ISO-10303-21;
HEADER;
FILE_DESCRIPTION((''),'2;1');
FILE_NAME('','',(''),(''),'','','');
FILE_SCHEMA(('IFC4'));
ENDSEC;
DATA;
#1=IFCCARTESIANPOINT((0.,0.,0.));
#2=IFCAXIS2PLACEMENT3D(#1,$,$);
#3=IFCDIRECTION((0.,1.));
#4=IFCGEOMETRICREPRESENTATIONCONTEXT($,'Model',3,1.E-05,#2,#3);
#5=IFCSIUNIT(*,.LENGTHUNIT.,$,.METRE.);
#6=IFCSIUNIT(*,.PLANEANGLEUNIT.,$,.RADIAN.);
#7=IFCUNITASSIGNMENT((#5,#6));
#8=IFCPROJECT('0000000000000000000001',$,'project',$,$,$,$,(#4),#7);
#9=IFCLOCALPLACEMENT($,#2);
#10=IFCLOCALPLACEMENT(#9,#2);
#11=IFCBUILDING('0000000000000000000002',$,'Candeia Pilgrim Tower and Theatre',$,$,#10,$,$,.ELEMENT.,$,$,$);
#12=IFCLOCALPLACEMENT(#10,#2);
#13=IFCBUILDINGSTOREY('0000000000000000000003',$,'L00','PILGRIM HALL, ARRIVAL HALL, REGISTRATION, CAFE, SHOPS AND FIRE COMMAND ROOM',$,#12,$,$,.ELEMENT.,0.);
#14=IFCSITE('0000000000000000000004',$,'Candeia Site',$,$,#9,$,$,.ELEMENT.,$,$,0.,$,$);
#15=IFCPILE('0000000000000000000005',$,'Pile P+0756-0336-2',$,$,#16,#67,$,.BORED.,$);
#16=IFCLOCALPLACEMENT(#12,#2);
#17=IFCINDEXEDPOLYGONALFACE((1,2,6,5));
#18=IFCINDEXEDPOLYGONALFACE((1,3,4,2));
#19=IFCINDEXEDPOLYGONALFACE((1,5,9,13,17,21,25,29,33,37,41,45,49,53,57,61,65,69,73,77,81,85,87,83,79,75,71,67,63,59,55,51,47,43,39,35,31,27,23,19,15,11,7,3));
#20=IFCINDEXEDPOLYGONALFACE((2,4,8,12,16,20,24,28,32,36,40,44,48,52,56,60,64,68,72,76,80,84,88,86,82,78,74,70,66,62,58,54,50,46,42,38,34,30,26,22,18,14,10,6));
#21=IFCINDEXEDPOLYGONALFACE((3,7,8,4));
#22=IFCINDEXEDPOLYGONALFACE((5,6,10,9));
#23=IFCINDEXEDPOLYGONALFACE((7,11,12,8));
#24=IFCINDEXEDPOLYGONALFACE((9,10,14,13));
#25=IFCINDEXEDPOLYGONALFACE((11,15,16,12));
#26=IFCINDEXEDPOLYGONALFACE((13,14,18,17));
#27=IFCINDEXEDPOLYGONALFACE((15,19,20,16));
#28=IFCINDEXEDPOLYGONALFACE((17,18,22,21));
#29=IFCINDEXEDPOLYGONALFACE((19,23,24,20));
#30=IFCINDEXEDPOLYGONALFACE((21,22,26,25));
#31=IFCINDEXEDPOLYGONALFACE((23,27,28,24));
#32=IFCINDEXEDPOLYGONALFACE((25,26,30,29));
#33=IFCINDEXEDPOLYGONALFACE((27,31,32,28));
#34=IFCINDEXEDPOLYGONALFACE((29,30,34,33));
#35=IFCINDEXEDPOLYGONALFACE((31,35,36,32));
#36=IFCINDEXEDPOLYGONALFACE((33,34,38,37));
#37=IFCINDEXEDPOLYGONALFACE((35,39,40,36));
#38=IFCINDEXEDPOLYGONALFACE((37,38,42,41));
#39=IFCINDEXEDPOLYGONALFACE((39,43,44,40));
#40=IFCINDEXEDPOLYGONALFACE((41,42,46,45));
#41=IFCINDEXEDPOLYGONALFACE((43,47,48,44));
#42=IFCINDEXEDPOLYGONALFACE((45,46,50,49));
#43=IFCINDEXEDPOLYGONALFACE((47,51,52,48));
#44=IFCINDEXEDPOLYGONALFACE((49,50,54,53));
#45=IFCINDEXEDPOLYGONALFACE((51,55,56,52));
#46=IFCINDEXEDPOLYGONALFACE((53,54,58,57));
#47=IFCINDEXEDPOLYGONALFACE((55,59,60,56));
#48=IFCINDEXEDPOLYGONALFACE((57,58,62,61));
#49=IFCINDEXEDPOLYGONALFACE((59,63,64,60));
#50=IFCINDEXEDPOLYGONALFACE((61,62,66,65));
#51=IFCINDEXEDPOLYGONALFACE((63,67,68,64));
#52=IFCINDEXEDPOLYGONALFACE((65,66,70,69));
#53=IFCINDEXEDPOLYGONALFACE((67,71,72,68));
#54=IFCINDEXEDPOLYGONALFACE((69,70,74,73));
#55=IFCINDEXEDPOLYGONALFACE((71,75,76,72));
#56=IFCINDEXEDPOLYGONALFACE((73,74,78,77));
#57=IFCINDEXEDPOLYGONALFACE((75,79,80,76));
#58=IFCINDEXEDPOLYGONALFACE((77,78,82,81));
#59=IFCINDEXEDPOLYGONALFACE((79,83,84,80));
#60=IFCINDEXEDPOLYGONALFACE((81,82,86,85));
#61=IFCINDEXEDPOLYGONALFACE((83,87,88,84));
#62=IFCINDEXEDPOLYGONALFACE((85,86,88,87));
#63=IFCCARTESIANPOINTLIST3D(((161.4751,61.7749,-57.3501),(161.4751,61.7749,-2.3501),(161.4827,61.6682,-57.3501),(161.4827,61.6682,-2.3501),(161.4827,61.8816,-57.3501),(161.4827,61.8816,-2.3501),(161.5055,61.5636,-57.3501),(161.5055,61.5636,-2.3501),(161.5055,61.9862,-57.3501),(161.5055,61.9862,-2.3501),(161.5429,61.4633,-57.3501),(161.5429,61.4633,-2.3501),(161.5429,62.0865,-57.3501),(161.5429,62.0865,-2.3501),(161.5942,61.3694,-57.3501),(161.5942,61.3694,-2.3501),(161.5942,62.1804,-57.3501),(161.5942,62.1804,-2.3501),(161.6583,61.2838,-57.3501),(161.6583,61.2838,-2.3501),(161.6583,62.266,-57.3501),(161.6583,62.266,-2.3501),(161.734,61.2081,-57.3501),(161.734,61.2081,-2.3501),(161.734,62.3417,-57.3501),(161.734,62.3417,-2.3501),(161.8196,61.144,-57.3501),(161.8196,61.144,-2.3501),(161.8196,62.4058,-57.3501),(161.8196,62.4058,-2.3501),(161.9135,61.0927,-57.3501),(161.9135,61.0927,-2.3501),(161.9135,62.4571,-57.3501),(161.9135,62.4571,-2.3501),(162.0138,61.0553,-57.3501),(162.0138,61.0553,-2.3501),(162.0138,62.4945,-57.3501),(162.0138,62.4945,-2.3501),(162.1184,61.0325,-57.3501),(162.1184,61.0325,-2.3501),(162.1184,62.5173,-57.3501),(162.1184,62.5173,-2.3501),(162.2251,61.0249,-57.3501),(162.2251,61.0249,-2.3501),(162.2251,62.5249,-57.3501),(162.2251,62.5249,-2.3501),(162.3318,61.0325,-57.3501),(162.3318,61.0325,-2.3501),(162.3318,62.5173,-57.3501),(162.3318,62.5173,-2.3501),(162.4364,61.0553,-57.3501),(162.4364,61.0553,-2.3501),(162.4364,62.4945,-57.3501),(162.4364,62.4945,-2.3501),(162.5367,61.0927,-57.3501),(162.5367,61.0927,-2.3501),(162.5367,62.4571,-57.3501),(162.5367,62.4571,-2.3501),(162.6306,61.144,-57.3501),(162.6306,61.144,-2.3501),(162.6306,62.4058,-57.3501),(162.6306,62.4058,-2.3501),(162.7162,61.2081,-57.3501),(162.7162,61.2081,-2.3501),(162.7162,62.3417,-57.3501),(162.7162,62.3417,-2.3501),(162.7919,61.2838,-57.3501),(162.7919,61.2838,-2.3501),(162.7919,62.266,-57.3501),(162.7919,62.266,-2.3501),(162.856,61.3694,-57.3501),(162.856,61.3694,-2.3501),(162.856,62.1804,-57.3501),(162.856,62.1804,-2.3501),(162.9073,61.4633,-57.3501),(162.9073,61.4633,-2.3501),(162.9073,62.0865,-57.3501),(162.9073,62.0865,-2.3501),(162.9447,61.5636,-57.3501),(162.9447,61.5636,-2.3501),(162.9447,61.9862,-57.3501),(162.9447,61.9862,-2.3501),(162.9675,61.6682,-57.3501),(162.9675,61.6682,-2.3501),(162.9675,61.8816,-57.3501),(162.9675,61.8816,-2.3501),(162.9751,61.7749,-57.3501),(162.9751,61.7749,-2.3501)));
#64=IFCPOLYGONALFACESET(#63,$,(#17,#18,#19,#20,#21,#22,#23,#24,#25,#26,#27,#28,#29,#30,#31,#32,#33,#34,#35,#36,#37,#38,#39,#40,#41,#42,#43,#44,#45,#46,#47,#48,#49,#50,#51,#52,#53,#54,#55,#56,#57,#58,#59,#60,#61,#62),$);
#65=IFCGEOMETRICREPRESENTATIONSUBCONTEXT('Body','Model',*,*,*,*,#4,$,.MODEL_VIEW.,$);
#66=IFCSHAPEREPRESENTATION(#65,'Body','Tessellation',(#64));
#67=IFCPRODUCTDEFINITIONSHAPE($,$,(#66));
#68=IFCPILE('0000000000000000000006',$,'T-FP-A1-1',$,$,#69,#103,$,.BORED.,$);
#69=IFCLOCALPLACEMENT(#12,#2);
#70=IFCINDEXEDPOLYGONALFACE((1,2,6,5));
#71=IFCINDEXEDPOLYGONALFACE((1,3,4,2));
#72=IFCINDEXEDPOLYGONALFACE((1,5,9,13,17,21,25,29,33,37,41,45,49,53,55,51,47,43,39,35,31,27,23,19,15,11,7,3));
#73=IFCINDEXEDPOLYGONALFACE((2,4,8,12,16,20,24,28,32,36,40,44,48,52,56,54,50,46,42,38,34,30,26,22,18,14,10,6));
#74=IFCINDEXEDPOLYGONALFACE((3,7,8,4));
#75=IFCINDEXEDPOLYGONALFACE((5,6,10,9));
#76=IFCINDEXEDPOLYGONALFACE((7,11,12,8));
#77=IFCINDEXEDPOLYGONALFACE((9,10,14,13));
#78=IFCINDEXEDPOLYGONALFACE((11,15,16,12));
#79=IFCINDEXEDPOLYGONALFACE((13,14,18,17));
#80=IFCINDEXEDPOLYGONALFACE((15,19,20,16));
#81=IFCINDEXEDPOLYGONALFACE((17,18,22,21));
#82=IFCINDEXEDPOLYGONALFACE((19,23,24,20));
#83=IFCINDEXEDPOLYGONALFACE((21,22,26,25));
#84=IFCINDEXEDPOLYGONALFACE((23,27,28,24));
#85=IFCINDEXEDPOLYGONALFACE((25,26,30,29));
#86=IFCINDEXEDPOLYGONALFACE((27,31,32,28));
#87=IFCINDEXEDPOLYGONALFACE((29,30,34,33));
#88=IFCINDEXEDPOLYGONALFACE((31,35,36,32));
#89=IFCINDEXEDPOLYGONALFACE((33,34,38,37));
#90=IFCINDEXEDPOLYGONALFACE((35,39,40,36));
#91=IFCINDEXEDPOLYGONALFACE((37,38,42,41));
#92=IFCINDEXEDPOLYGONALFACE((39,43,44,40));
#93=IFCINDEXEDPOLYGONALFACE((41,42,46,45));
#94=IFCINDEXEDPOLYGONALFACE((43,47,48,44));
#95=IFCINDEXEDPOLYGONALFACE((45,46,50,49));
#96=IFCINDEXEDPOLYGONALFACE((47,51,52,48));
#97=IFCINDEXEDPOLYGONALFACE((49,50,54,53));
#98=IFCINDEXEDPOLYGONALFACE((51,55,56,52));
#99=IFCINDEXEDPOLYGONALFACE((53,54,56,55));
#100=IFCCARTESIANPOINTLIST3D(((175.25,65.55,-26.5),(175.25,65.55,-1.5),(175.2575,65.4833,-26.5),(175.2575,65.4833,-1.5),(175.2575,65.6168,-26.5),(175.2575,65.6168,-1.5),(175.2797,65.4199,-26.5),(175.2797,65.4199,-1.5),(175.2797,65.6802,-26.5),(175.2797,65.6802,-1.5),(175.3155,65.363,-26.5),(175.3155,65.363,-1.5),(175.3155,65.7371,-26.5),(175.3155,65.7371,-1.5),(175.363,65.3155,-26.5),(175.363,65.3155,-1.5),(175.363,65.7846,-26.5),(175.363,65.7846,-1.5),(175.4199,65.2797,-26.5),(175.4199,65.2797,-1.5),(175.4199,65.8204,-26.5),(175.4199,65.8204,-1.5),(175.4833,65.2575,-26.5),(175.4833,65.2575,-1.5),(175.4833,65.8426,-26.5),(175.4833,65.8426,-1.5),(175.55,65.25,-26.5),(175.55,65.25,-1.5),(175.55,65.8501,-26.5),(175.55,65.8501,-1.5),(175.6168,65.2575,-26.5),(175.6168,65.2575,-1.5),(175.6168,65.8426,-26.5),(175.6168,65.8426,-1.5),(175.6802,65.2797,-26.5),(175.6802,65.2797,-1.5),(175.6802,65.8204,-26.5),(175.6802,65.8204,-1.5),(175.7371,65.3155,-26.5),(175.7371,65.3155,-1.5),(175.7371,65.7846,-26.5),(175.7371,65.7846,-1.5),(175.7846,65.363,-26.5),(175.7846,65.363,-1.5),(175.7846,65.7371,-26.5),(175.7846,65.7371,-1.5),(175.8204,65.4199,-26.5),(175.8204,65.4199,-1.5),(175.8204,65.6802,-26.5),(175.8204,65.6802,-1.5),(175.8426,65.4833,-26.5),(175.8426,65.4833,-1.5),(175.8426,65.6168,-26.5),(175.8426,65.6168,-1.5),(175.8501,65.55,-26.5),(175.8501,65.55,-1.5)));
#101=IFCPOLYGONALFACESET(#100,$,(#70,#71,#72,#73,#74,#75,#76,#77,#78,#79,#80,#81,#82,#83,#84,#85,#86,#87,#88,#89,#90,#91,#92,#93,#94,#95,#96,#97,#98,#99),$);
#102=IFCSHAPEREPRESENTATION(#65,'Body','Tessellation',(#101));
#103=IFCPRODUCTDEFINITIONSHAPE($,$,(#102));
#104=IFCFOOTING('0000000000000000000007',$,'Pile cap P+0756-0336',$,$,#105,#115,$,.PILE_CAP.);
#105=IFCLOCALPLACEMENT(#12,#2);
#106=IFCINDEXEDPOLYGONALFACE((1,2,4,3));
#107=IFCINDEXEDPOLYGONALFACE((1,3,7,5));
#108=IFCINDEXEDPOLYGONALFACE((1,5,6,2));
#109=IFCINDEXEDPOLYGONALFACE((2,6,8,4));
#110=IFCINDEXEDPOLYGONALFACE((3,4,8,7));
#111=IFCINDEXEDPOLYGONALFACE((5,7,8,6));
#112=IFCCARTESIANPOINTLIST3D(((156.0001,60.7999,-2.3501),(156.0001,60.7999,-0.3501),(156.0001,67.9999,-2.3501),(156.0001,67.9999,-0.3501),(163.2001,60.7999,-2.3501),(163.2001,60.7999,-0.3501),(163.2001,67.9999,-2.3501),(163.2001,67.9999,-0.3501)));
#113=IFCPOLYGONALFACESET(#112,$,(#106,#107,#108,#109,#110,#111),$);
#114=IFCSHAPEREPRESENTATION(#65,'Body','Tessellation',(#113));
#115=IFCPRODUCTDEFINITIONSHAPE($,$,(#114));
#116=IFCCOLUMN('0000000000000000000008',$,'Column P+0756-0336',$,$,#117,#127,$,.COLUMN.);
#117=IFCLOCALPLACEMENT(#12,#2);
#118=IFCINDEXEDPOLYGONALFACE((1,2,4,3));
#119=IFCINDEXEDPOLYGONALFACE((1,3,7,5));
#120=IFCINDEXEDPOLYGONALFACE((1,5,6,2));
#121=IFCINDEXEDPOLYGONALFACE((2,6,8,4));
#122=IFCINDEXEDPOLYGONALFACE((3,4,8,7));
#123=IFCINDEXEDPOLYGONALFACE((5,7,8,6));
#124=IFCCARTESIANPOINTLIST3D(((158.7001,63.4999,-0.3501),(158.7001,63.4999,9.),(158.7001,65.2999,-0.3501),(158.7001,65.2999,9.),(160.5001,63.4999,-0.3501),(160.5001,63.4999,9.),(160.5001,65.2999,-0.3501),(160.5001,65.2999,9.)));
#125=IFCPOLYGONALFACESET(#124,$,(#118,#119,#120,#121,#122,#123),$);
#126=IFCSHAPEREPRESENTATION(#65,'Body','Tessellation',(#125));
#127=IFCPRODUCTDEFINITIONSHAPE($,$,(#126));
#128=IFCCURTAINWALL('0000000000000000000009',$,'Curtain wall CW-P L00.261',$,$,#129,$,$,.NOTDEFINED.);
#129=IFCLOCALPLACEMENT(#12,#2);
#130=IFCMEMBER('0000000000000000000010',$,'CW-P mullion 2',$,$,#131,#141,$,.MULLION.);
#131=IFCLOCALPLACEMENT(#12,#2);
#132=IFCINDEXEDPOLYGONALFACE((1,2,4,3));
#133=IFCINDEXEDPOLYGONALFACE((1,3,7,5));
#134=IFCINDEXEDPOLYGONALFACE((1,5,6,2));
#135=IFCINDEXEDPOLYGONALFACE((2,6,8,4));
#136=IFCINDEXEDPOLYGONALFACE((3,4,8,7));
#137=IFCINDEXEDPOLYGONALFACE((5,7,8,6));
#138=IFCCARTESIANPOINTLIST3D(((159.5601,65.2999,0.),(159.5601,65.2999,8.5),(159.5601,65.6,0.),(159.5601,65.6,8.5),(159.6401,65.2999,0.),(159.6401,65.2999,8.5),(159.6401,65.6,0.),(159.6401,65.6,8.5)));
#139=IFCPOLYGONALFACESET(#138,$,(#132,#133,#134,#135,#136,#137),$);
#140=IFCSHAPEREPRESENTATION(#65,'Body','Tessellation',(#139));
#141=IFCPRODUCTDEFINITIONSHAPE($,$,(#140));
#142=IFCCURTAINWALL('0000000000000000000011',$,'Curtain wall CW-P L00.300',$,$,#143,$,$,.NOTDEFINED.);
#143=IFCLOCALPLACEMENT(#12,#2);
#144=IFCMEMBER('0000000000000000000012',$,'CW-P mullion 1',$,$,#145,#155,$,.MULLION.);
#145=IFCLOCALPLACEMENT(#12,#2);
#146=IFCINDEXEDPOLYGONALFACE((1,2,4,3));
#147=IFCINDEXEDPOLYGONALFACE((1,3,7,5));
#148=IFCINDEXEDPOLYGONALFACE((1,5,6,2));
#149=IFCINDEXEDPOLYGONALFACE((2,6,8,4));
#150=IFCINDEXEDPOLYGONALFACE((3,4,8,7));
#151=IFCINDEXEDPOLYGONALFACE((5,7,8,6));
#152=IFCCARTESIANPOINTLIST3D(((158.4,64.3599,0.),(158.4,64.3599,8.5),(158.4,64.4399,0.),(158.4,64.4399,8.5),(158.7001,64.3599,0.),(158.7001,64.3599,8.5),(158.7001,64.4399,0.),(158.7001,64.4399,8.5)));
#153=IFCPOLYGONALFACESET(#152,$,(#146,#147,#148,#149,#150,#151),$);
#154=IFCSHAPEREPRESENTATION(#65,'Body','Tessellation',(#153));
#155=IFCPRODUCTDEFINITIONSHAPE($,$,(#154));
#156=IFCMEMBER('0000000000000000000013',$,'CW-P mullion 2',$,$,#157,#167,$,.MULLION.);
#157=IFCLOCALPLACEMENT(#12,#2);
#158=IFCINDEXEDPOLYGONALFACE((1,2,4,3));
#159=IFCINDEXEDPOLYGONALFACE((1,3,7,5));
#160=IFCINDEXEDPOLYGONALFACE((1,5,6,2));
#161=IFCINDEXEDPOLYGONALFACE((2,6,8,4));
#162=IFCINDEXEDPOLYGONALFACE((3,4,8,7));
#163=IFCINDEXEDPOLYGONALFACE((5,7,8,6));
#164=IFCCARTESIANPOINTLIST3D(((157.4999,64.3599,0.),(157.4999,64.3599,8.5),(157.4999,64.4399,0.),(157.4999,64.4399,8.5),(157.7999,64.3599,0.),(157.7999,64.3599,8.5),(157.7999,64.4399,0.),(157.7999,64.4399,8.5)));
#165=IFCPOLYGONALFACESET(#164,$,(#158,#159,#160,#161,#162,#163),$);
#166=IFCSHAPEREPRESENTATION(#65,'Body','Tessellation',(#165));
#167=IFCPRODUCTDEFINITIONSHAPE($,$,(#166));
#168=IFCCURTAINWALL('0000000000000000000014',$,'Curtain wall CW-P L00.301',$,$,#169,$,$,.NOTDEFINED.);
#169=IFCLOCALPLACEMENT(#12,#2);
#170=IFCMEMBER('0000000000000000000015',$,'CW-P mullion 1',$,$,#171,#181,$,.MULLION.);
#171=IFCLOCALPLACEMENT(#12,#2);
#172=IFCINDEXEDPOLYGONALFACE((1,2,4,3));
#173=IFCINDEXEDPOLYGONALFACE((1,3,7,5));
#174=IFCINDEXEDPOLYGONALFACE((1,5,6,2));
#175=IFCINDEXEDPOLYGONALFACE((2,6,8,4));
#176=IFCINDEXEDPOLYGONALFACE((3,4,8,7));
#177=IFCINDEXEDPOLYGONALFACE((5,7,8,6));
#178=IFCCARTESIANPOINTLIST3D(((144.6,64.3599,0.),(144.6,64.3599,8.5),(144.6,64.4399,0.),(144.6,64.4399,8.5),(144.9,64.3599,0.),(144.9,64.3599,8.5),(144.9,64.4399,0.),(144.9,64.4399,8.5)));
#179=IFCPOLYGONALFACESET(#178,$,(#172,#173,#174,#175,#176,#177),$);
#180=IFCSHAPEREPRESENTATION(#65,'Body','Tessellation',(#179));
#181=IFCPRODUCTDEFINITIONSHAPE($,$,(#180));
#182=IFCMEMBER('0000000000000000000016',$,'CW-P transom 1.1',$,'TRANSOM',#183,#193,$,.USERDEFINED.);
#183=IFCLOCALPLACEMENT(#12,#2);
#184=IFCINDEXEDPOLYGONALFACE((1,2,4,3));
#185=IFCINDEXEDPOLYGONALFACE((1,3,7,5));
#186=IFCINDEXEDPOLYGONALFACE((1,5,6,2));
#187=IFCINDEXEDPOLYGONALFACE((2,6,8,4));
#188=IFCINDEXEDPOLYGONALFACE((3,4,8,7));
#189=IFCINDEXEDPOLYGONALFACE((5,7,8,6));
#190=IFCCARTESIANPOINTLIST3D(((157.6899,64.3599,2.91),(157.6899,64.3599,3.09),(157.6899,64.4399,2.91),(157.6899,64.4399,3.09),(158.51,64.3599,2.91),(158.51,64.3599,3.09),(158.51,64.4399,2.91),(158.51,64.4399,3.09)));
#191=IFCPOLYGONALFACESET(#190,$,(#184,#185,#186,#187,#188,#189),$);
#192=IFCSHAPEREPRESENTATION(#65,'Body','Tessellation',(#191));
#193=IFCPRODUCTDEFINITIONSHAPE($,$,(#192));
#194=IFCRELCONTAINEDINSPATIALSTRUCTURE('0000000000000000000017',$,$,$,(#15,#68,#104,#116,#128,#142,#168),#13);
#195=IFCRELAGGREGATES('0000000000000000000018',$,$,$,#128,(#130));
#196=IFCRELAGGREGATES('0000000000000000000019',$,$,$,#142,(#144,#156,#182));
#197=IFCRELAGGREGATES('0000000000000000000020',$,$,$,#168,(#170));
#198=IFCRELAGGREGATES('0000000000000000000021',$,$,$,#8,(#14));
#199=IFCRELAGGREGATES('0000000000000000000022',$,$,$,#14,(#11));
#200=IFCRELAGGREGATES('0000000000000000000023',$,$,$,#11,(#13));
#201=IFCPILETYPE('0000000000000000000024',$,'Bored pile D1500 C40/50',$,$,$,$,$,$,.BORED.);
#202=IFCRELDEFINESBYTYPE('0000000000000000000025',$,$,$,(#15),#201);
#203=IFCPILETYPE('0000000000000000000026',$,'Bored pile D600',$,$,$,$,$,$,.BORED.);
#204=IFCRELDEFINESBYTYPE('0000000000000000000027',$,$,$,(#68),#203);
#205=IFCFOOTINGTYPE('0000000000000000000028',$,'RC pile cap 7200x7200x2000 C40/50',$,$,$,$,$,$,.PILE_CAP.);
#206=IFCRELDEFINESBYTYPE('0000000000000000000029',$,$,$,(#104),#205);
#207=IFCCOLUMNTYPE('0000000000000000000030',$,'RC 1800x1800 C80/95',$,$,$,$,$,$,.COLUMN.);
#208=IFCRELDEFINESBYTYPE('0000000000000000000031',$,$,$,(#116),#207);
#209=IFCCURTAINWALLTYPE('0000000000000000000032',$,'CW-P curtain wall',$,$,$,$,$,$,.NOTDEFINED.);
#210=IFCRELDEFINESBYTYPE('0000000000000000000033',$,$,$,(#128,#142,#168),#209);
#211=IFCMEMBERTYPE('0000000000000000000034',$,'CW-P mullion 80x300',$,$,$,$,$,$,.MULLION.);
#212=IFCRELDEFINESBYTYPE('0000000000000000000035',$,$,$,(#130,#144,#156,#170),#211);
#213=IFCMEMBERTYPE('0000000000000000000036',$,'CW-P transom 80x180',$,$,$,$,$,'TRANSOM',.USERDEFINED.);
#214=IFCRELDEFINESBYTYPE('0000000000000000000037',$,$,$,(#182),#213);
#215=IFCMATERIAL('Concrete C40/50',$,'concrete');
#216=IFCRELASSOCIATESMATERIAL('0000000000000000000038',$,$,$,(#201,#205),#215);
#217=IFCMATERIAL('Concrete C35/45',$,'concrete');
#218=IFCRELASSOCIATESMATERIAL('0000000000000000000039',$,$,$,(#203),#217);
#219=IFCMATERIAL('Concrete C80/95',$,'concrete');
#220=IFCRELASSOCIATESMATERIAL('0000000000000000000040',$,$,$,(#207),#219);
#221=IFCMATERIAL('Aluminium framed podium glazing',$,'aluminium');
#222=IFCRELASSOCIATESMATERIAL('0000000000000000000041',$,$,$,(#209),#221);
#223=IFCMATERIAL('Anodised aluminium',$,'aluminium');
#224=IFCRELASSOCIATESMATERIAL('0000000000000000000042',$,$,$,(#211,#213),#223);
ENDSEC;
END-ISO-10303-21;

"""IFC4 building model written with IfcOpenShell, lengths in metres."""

from ifc_helpers import new_model, si_unit, direction, frame, origin, origin_2d, place, context, subcontext, project, spatial, rectangle, circle, extrude, material, material_profile, profile_set, type_object, element, aggregate, save


model = new_model("IFC4")

# Units and contexts
model_context = context("Model", 3, precision=1e-05, world=origin(), true_north=direction((0.0, 1.0)))
body_context = subcontext(model_context, "Body", "Model", "MODEL_VIEW")
ifc_project = project(units=[si_unit("LENGTHUNIT", "METRE"), si_unit("PLANEANGLEUNIT", "RADIAN")], contexts=[model_context])

# Site, building, storey
site_placement = place(None, origin())
site = spatial("IfcSite", under=ifc_project, at=site_placement, Name="Candeia Site", CompositionType="ELEMENT", RefElevation=0.0)
building_placement = place(site_placement, origin())
building = spatial("IfcBuilding", under=site, at=building_placement, Name="Candeia Pilgrim Tower and Theatre", CompositionType="ELEMENT")
storey_placement = place(building_placement, origin())
storey = spatial("IfcBuildingStorey", under=building, at=storey_placement, Name="L00", Description="PILGRIM HALL, ARRIVAL HALL, REGISTRATION, CAFE, SHOPS AND FIRE COMMAND ROOM", CompositionType="ELEMENT", Elevation=0.0)

# Piles
ifc_material_1 = material(Name="Concrete C40/50", Category="concrete")
ifc_material_profile_1 = material_profile(ifc_material_1, circle(Radius=0.75, at=origin_2d()))
ifc_profile_set_1 = profile_set([ifc_material_profile_1], Name="Concrete C40/50")
pile_type_1 = type_object("IfcPileType", Name="Bored pile D1500 C40/50", PredefinedType="BORED", material=ifc_profile_set_1)
for number, where, z_axis, x_axis, name in (
    (1, (162.2251, 61.7749, -2.3501), (0.0, 0.0, -1.0), (1.0, 0.0, 0.0), "Pile P+0756-0336-2"),
):
    element("IfcPile", number, at=place(storey_placement, frame(where, z_axis=z_axis, x_axis=x_axis)), inside=storey, type_object=pile_type_1, Name=name, PredefinedType="BORED", context=body_context, shape_type="SweptSolid", body=[
        extrude(circle(Radius=0.75, at=origin_2d()), origin(), (0.0, 0.0, 1.0), 55.0),
    ])
ifc_material_2 = material(Name="Concrete C35/45", Category="concrete")
pile_type_2 = type_object("IfcPileType", Name="Bored pile D600", PredefinedType="BORED", material=ifc_material_2)
pile_placement = place(storey_placement, frame((175.55, 65.55, -1.5), z_axis=(0.0, 0.0, -1.0), x_axis=(1.0, 0.0, 0.0)))
element("IfcPile", 2, at=pile_placement, inside=storey, type_object=pile_type_2, Name="T-FP-A1-1", PredefinedType="BORED", context=body_context, shape_type="SweptSolid", body=[
    extrude(circle(Radius=0.3, at=origin_2d()), origin(), (0.0, 0.0, 1.0), 25.0),
])

# Footing
footing_type = type_object("IfcFootingType", Name="RC pile cap 7200x7200x2000 C40/50", PredefinedType="PILE_CAP", material=ifc_material_1)
footing_placement = place(storey_placement, frame((159.6001, 64.3999, -2.3501), z_axis=(0.0, 0.0, 1.0), x_axis=(1.0, 0.0, 0.0)))
element("IfcFooting", 3, at=footing_placement, inside=storey, type_object=footing_type, Name="Pile cap P+0756-0336", PredefinedType="PILE_CAP", context=body_context, shape_type="SweptSolid", body=[
    extrude(rectangle(XDim=7.2, YDim=7.2, at=origin_2d()), origin(), (0.0, 0.0, 1.0), 2.0),
])

# Column
ifc_material_3 = material(Name="Concrete C80/95", Category="concrete")
ifc_material_profile_2 = material_profile(ifc_material_3, rectangle(XDim=1.8, YDim=1.8, at=origin_2d()))
ifc_profile_set_2 = profile_set([ifc_material_profile_2], Name="Concrete C80/95")
column_type = type_object("IfcColumnType", Name="RC 1800x1800 C80/95", PredefinedType="COLUMN", material=ifc_profile_set_2)
column_placement = place(storey_placement, frame((159.6001, 64.3999, -0.3501), z_axis=(0.0, 0.0, 1.0), x_axis=(1.0, 0.0, 0.0)))
element("IfcColumn", 4, at=column_placement, inside=storey, type_object=column_type, Name="Column P+0756-0336", PredefinedType="COLUMN", context=body_context, shape_type="SweptSolid", body=[
    extrude(rectangle(XDim=1.8, YDim=1.8, at=origin_2d()), origin(), (0.0, 0.0, 1.0), 9.3501),
])

# Curtain wall, member
ifc_material_4 = material(Name="Aluminium framed podium glazing", Category="aluminium")
curtain_wall_type_1 = type_object("IfcCurtainWallType", Name="CW-P curtain wall", PredefinedType="NOTDEFINED", material=ifc_material_4)
curtain_wall_1_placement = place(storey_placement, origin())
curtain_wall_1 = element("IfcCurtainWall", 5, at=curtain_wall_1_placement, inside=storey, type_object=curtain_wall_type_1, Name="Curtain wall CW-P L00.261", PredefinedType="NOTDEFINED")
ifc_material_5 = material(Name="Anodised aluminium", Category="aluminium")
ifc_material_profile_3 = material_profile(ifc_material_5, rectangle(XDim=0.0801, YDim=0.3, at=origin_2d()))
ifc_profile_set_3 = profile_set([ifc_material_profile_3], Name="Anodised aluminium")
member_type_1 = type_object("IfcMemberType", Name="CW-P mullion 80x300", PredefinedType="MULLION", material=ifc_profile_set_3)
member_1_placement = place(storey_placement, frame((159.6001, 65.45, 0.0), z_axis=(0.0, 0.0, 1.0), x_axis=(1.0, 0.0, 0.0)))
member_1 = element("IfcMember", 6, at=member_1_placement, type_object=member_type_1, Name="CW-P mullion 2", PredefinedType="MULLION", context=body_context, shape_type="SweptSolid", body=[
    extrude(rectangle(XDim=0.0801, YDim=0.3, at=origin_2d()), origin(), (0.0, 0.0, 1.0), 8.5),
])

# Curtain wall, members
curtain_wall_2_placement = place(storey_placement, origin())
curtain_wall_2 = element("IfcCurtainWall", 7, at=curtain_wall_2_placement, inside=storey, type_object=curtain_wall_type_1, Name="Curtain wall CW-P L00.300", PredefinedType="NOTDEFINED")
member_2_placement = place(storey_placement, frame((158.55, 64.3999, 0.0), z_axis=(0.0, 0.0, 1.0), x_axis=(0.0, -1.0, 0.0)))
member_2 = element("IfcMember", 8, at=member_2_placement, type_object=member_type_1, Name="CW-P mullion 1", PredefinedType="MULLION", context=body_context, shape_type="SweptSolid", body=[
    extrude(rectangle(XDim=0.0801, YDim=0.3, at=origin_2d()), origin(), (0.0, 0.0, 1.0), 8.5),
])
member_3_placement = place(storey_placement, frame((157.6499, 64.3999, 0.0), z_axis=(0.0, 0.0, 1.0), x_axis=(0.0, -1.0, 0.0)))
member_3 = element("IfcMember", 9, at=member_3_placement, type_object=member_type_1, Name="CW-P mullion 2", PredefinedType="MULLION", context=body_context, shape_type="SweptSolid", body=[
    extrude(rectangle(XDim=0.0801, YDim=0.3, at=origin_2d()), origin(), (0.0, 0.0, 1.0), 8.5),
])

# Curtain wall, member
curtain_wall_3_placement = place(storey_placement, origin())
curtain_wall_3 = element("IfcCurtainWall", 10, at=curtain_wall_3_placement, inside=storey, type_object=curtain_wall_type_1, Name="Curtain wall CW-P L00.301", PredefinedType="NOTDEFINED")
member_4_placement = place(storey_placement, frame((144.75, 64.3999, 0.0), z_axis=(0.0, 0.0, 1.0), x_axis=(0.0, -1.0, 0.0)))
member_4 = element("IfcMember", 11, at=member_4_placement, type_object=member_type_1, Name="CW-P mullion 1", PredefinedType="MULLION", context=body_context, shape_type="SweptSolid", body=[
    extrude(rectangle(XDim=0.0801, YDim=0.3, at=origin_2d()), origin(), (0.0, 0.0, 1.0), 8.5),
])

# Member
ifc_material_profile_4 = material_profile(ifc_material_5, rectangle(XDim=0.0801, YDim=0.1799, at=origin_2d()))
ifc_profile_set_4 = profile_set([ifc_material_profile_4], Name="Anodised aluminium")
member_type_2 = type_object("IfcMemberType", Name="CW-P transom 80x180", ElementType="TRANSOM", PredefinedType="USERDEFINED", material=ifc_profile_set_4)
member_5_placement = place(storey_placement, frame((158.51, 64.3999, 3.0), z_axis=(-1.0, 0.0, 0.0), x_axis=(0.0, -1.0, 0.0)))
member_5 = element("IfcMember", 12, at=member_5_placement, type_object=member_type_2, Name="CW-P transom 1.1", ObjectType="TRANSOM", PredefinedType="USERDEFINED", context=body_context, shape_type="SweptSolid", body=[
    extrude(rectangle(XDim=0.0801, YDim=0.1799, at=origin_2d()), origin(), (0.0, 0.0, 1.0), 0.8201),
])

aggregate(curtain_wall_1, [member_1])
aggregate(curtain_wall_2, [member_2, member_3, member_5])
aggregate(curtain_wall_3, [member_4])

save(model, "model.ifc")
